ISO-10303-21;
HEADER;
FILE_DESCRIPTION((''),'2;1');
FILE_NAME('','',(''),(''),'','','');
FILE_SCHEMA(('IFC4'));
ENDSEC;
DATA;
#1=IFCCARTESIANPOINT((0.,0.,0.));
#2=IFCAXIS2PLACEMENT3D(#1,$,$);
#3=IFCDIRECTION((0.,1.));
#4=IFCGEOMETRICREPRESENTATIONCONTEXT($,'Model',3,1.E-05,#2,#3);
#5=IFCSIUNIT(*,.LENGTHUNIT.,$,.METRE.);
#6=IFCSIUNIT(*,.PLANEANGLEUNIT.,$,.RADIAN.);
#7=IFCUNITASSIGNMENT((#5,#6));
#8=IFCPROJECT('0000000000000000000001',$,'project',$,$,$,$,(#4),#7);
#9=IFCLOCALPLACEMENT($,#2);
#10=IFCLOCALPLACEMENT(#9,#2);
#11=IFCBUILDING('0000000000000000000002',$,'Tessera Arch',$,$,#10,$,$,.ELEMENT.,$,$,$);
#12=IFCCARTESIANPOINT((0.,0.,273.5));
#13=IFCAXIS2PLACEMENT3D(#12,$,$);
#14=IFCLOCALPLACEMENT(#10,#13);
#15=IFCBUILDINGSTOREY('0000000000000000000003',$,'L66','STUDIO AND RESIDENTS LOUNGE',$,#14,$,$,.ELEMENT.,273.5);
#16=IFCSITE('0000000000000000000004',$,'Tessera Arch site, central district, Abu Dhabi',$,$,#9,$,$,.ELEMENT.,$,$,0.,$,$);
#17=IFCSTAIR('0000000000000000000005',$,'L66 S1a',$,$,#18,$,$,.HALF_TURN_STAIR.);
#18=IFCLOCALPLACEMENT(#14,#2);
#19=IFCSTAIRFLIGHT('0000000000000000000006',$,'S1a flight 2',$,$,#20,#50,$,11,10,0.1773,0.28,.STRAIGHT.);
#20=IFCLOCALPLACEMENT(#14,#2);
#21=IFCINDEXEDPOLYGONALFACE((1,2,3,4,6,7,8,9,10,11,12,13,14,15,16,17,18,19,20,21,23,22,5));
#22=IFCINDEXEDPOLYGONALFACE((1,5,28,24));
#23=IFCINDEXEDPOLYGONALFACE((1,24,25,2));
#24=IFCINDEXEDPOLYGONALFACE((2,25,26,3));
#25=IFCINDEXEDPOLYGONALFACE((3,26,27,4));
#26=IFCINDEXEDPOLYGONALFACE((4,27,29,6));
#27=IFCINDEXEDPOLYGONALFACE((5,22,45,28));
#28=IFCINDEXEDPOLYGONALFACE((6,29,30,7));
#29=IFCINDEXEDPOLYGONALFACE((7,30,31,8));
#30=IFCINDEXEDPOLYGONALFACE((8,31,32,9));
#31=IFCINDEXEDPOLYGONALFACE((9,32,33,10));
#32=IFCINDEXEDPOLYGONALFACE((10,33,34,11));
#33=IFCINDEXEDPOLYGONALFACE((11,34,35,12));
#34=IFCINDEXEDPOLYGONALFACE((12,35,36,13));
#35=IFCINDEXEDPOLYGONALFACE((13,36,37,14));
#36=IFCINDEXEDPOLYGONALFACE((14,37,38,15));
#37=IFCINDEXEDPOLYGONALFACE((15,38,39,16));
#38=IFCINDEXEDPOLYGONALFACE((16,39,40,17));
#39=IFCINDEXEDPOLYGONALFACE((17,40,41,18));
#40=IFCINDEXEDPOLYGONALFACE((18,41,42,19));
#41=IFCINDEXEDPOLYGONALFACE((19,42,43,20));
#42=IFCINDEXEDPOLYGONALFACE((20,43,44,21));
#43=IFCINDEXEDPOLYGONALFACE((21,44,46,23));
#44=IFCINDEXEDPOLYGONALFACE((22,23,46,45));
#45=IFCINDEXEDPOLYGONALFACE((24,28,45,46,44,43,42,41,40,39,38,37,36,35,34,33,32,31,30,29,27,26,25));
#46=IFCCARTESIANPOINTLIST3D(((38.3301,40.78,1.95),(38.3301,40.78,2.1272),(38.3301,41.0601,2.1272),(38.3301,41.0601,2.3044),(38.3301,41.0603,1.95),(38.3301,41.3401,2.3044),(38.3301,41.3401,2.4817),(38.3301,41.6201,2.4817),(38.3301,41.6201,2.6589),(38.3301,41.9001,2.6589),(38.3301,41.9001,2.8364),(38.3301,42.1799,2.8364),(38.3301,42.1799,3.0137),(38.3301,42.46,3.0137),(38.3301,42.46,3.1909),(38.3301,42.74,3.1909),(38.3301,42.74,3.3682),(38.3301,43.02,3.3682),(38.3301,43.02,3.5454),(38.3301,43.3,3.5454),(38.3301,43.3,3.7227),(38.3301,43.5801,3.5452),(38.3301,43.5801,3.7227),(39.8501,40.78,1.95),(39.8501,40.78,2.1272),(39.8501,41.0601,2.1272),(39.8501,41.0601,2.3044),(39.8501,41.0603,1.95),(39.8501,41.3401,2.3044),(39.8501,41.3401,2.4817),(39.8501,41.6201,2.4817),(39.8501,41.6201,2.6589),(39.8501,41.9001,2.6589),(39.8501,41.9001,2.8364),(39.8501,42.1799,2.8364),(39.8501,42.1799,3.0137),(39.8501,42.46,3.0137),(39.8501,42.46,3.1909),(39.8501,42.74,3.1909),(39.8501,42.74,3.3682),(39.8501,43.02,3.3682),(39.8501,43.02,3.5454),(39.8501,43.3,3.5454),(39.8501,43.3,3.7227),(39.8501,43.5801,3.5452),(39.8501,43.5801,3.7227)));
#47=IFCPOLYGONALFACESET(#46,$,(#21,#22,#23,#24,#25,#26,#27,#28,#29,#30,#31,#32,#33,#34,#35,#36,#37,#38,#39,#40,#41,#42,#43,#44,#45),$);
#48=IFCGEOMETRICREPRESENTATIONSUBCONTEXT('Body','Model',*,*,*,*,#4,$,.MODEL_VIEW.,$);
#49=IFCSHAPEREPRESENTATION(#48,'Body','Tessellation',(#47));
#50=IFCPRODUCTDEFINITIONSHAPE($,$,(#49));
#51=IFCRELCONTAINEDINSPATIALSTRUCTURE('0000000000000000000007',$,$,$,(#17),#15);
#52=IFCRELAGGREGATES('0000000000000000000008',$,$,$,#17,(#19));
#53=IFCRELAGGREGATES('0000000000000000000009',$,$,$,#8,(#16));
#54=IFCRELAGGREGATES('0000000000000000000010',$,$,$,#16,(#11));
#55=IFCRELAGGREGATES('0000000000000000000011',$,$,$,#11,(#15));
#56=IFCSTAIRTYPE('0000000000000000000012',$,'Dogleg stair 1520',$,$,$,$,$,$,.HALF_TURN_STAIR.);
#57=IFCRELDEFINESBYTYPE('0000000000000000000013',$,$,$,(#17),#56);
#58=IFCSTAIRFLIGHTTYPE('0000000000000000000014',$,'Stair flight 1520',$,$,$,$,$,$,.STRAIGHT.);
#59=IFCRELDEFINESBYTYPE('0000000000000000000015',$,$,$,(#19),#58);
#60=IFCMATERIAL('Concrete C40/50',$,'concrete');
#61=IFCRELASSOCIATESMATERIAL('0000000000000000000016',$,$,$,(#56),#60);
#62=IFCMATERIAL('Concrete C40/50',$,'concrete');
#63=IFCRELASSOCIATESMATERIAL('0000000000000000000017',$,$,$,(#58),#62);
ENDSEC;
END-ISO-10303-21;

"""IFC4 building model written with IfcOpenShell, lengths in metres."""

from ifc_helpers import new_model, si_unit, direction, frame, origin, place, context, subcontext, project, spatial, polyline, outline, extrude, material, type_object, element, aggregate, save


model = new_model("IFC4")

# Units and contexts
model_context = context("Model", 3, precision=1e-05, world=origin(), true_north=direction((0.0, 1.0)))
body_context = subcontext(model_context, "Body", "Model", "MODEL_VIEW")
ifc_project = project(units=[si_unit("LENGTHUNIT", "METRE"), si_unit("PLANEANGLEUNIT", "RADIAN")], contexts=[model_context])

# Site, building, storey
site_placement = place(None, origin())
site = spatial("IfcSite", under=ifc_project, at=site_placement, Name="Tessera Arch site, central district, Abu Dhabi", CompositionType="ELEMENT", RefElevation=0.0)
building_placement = place(site_placement, origin())
building = spatial("IfcBuilding", under=site, at=building_placement, Name="Tessera Arch", CompositionType="ELEMENT")
storey_placement = place(building_placement, frame((0.0, 0.0, 273.5)))
storey = spatial("IfcBuildingStorey", under=building, at=storey_placement, Name="L66", Description="STUDIO AND RESIDENTS LOUNGE", CompositionType="ELEMENT", Elevation=273.5)

# Stair, stair flight
ifc_material_1 = material(Name="Concrete C40/50", Category="concrete")
stair_type = type_object("IfcStairType", Name="Dogleg stair 1520", PredefinedType="HALF_TURN_STAIR", material=ifc_material_1)
stair_placement = place(storey_placement, origin())
stair = element("IfcStair", 1, at=stair_placement, inside=storey, type_object=stair_type, Name="L66 S1a", PredefinedType="HALF_TURN_STAIR")
ifc_material_2 = material(Name="Concrete C40/50", Category="concrete")
stair_flight_type = type_object("IfcStairFlightType", Name="Stair flight 1520", PredefinedType="STRAIGHT", material=ifc_material_2)
stair_flight_1_placement = place(storey_placement, frame((39.0901, 40.78, 1.95), z_axis=(0.0, 0.0, 1.0), x_axis=(0.0, 1.0, 0.0)))
stair_flight_1 = element("IfcStairFlight", 2, at=stair_flight_1_placement, type_object=stair_flight_type, Name="S1a flight 2", NumberOfRisers=11, NumberOfTreads=10, PredefinedType="STRAIGHT", RiserHeight=0.1773, TreadLength=0.28, context=body_context, shape_type="SweptSolid", body=[
    extrude(outline(polyline([(0.0, 0.0), (0.0, 0.1772), (0.28, 0.1772), (0.28, 0.3545), (0.5601, 0.3545), (0.5601, 0.5317), (0.8401, 0.5317), (0.8401, 0.709), (1.1201, 0.709), (1.1201, 0.8865), (1.3999, 0.8865), (1.3999, 1.0637), (1.6799, 1.0637), (1.6799, 1.241), (1.96, 1.241), (1.96, 1.4182), (2.24, 1.4182), (2.24, 1.5955), (2.52, 1.5955), (2.52, 1.7727), (2.8, 1.7727), (2.8, 1.95), (2.8, 1.5952), (0.2803, 0.0), (0.0, 0.0)])), frame((0.0, 0.76, 0.0), z_axis=(0.0, -1.0, 0.0), x_axis=(1.0, 0.0, 0.0)), (0.0, 0.0, 1.0), 1.52),
])
aggregate(stair, [stair_flight_1])

save(model, "model.ifc")
